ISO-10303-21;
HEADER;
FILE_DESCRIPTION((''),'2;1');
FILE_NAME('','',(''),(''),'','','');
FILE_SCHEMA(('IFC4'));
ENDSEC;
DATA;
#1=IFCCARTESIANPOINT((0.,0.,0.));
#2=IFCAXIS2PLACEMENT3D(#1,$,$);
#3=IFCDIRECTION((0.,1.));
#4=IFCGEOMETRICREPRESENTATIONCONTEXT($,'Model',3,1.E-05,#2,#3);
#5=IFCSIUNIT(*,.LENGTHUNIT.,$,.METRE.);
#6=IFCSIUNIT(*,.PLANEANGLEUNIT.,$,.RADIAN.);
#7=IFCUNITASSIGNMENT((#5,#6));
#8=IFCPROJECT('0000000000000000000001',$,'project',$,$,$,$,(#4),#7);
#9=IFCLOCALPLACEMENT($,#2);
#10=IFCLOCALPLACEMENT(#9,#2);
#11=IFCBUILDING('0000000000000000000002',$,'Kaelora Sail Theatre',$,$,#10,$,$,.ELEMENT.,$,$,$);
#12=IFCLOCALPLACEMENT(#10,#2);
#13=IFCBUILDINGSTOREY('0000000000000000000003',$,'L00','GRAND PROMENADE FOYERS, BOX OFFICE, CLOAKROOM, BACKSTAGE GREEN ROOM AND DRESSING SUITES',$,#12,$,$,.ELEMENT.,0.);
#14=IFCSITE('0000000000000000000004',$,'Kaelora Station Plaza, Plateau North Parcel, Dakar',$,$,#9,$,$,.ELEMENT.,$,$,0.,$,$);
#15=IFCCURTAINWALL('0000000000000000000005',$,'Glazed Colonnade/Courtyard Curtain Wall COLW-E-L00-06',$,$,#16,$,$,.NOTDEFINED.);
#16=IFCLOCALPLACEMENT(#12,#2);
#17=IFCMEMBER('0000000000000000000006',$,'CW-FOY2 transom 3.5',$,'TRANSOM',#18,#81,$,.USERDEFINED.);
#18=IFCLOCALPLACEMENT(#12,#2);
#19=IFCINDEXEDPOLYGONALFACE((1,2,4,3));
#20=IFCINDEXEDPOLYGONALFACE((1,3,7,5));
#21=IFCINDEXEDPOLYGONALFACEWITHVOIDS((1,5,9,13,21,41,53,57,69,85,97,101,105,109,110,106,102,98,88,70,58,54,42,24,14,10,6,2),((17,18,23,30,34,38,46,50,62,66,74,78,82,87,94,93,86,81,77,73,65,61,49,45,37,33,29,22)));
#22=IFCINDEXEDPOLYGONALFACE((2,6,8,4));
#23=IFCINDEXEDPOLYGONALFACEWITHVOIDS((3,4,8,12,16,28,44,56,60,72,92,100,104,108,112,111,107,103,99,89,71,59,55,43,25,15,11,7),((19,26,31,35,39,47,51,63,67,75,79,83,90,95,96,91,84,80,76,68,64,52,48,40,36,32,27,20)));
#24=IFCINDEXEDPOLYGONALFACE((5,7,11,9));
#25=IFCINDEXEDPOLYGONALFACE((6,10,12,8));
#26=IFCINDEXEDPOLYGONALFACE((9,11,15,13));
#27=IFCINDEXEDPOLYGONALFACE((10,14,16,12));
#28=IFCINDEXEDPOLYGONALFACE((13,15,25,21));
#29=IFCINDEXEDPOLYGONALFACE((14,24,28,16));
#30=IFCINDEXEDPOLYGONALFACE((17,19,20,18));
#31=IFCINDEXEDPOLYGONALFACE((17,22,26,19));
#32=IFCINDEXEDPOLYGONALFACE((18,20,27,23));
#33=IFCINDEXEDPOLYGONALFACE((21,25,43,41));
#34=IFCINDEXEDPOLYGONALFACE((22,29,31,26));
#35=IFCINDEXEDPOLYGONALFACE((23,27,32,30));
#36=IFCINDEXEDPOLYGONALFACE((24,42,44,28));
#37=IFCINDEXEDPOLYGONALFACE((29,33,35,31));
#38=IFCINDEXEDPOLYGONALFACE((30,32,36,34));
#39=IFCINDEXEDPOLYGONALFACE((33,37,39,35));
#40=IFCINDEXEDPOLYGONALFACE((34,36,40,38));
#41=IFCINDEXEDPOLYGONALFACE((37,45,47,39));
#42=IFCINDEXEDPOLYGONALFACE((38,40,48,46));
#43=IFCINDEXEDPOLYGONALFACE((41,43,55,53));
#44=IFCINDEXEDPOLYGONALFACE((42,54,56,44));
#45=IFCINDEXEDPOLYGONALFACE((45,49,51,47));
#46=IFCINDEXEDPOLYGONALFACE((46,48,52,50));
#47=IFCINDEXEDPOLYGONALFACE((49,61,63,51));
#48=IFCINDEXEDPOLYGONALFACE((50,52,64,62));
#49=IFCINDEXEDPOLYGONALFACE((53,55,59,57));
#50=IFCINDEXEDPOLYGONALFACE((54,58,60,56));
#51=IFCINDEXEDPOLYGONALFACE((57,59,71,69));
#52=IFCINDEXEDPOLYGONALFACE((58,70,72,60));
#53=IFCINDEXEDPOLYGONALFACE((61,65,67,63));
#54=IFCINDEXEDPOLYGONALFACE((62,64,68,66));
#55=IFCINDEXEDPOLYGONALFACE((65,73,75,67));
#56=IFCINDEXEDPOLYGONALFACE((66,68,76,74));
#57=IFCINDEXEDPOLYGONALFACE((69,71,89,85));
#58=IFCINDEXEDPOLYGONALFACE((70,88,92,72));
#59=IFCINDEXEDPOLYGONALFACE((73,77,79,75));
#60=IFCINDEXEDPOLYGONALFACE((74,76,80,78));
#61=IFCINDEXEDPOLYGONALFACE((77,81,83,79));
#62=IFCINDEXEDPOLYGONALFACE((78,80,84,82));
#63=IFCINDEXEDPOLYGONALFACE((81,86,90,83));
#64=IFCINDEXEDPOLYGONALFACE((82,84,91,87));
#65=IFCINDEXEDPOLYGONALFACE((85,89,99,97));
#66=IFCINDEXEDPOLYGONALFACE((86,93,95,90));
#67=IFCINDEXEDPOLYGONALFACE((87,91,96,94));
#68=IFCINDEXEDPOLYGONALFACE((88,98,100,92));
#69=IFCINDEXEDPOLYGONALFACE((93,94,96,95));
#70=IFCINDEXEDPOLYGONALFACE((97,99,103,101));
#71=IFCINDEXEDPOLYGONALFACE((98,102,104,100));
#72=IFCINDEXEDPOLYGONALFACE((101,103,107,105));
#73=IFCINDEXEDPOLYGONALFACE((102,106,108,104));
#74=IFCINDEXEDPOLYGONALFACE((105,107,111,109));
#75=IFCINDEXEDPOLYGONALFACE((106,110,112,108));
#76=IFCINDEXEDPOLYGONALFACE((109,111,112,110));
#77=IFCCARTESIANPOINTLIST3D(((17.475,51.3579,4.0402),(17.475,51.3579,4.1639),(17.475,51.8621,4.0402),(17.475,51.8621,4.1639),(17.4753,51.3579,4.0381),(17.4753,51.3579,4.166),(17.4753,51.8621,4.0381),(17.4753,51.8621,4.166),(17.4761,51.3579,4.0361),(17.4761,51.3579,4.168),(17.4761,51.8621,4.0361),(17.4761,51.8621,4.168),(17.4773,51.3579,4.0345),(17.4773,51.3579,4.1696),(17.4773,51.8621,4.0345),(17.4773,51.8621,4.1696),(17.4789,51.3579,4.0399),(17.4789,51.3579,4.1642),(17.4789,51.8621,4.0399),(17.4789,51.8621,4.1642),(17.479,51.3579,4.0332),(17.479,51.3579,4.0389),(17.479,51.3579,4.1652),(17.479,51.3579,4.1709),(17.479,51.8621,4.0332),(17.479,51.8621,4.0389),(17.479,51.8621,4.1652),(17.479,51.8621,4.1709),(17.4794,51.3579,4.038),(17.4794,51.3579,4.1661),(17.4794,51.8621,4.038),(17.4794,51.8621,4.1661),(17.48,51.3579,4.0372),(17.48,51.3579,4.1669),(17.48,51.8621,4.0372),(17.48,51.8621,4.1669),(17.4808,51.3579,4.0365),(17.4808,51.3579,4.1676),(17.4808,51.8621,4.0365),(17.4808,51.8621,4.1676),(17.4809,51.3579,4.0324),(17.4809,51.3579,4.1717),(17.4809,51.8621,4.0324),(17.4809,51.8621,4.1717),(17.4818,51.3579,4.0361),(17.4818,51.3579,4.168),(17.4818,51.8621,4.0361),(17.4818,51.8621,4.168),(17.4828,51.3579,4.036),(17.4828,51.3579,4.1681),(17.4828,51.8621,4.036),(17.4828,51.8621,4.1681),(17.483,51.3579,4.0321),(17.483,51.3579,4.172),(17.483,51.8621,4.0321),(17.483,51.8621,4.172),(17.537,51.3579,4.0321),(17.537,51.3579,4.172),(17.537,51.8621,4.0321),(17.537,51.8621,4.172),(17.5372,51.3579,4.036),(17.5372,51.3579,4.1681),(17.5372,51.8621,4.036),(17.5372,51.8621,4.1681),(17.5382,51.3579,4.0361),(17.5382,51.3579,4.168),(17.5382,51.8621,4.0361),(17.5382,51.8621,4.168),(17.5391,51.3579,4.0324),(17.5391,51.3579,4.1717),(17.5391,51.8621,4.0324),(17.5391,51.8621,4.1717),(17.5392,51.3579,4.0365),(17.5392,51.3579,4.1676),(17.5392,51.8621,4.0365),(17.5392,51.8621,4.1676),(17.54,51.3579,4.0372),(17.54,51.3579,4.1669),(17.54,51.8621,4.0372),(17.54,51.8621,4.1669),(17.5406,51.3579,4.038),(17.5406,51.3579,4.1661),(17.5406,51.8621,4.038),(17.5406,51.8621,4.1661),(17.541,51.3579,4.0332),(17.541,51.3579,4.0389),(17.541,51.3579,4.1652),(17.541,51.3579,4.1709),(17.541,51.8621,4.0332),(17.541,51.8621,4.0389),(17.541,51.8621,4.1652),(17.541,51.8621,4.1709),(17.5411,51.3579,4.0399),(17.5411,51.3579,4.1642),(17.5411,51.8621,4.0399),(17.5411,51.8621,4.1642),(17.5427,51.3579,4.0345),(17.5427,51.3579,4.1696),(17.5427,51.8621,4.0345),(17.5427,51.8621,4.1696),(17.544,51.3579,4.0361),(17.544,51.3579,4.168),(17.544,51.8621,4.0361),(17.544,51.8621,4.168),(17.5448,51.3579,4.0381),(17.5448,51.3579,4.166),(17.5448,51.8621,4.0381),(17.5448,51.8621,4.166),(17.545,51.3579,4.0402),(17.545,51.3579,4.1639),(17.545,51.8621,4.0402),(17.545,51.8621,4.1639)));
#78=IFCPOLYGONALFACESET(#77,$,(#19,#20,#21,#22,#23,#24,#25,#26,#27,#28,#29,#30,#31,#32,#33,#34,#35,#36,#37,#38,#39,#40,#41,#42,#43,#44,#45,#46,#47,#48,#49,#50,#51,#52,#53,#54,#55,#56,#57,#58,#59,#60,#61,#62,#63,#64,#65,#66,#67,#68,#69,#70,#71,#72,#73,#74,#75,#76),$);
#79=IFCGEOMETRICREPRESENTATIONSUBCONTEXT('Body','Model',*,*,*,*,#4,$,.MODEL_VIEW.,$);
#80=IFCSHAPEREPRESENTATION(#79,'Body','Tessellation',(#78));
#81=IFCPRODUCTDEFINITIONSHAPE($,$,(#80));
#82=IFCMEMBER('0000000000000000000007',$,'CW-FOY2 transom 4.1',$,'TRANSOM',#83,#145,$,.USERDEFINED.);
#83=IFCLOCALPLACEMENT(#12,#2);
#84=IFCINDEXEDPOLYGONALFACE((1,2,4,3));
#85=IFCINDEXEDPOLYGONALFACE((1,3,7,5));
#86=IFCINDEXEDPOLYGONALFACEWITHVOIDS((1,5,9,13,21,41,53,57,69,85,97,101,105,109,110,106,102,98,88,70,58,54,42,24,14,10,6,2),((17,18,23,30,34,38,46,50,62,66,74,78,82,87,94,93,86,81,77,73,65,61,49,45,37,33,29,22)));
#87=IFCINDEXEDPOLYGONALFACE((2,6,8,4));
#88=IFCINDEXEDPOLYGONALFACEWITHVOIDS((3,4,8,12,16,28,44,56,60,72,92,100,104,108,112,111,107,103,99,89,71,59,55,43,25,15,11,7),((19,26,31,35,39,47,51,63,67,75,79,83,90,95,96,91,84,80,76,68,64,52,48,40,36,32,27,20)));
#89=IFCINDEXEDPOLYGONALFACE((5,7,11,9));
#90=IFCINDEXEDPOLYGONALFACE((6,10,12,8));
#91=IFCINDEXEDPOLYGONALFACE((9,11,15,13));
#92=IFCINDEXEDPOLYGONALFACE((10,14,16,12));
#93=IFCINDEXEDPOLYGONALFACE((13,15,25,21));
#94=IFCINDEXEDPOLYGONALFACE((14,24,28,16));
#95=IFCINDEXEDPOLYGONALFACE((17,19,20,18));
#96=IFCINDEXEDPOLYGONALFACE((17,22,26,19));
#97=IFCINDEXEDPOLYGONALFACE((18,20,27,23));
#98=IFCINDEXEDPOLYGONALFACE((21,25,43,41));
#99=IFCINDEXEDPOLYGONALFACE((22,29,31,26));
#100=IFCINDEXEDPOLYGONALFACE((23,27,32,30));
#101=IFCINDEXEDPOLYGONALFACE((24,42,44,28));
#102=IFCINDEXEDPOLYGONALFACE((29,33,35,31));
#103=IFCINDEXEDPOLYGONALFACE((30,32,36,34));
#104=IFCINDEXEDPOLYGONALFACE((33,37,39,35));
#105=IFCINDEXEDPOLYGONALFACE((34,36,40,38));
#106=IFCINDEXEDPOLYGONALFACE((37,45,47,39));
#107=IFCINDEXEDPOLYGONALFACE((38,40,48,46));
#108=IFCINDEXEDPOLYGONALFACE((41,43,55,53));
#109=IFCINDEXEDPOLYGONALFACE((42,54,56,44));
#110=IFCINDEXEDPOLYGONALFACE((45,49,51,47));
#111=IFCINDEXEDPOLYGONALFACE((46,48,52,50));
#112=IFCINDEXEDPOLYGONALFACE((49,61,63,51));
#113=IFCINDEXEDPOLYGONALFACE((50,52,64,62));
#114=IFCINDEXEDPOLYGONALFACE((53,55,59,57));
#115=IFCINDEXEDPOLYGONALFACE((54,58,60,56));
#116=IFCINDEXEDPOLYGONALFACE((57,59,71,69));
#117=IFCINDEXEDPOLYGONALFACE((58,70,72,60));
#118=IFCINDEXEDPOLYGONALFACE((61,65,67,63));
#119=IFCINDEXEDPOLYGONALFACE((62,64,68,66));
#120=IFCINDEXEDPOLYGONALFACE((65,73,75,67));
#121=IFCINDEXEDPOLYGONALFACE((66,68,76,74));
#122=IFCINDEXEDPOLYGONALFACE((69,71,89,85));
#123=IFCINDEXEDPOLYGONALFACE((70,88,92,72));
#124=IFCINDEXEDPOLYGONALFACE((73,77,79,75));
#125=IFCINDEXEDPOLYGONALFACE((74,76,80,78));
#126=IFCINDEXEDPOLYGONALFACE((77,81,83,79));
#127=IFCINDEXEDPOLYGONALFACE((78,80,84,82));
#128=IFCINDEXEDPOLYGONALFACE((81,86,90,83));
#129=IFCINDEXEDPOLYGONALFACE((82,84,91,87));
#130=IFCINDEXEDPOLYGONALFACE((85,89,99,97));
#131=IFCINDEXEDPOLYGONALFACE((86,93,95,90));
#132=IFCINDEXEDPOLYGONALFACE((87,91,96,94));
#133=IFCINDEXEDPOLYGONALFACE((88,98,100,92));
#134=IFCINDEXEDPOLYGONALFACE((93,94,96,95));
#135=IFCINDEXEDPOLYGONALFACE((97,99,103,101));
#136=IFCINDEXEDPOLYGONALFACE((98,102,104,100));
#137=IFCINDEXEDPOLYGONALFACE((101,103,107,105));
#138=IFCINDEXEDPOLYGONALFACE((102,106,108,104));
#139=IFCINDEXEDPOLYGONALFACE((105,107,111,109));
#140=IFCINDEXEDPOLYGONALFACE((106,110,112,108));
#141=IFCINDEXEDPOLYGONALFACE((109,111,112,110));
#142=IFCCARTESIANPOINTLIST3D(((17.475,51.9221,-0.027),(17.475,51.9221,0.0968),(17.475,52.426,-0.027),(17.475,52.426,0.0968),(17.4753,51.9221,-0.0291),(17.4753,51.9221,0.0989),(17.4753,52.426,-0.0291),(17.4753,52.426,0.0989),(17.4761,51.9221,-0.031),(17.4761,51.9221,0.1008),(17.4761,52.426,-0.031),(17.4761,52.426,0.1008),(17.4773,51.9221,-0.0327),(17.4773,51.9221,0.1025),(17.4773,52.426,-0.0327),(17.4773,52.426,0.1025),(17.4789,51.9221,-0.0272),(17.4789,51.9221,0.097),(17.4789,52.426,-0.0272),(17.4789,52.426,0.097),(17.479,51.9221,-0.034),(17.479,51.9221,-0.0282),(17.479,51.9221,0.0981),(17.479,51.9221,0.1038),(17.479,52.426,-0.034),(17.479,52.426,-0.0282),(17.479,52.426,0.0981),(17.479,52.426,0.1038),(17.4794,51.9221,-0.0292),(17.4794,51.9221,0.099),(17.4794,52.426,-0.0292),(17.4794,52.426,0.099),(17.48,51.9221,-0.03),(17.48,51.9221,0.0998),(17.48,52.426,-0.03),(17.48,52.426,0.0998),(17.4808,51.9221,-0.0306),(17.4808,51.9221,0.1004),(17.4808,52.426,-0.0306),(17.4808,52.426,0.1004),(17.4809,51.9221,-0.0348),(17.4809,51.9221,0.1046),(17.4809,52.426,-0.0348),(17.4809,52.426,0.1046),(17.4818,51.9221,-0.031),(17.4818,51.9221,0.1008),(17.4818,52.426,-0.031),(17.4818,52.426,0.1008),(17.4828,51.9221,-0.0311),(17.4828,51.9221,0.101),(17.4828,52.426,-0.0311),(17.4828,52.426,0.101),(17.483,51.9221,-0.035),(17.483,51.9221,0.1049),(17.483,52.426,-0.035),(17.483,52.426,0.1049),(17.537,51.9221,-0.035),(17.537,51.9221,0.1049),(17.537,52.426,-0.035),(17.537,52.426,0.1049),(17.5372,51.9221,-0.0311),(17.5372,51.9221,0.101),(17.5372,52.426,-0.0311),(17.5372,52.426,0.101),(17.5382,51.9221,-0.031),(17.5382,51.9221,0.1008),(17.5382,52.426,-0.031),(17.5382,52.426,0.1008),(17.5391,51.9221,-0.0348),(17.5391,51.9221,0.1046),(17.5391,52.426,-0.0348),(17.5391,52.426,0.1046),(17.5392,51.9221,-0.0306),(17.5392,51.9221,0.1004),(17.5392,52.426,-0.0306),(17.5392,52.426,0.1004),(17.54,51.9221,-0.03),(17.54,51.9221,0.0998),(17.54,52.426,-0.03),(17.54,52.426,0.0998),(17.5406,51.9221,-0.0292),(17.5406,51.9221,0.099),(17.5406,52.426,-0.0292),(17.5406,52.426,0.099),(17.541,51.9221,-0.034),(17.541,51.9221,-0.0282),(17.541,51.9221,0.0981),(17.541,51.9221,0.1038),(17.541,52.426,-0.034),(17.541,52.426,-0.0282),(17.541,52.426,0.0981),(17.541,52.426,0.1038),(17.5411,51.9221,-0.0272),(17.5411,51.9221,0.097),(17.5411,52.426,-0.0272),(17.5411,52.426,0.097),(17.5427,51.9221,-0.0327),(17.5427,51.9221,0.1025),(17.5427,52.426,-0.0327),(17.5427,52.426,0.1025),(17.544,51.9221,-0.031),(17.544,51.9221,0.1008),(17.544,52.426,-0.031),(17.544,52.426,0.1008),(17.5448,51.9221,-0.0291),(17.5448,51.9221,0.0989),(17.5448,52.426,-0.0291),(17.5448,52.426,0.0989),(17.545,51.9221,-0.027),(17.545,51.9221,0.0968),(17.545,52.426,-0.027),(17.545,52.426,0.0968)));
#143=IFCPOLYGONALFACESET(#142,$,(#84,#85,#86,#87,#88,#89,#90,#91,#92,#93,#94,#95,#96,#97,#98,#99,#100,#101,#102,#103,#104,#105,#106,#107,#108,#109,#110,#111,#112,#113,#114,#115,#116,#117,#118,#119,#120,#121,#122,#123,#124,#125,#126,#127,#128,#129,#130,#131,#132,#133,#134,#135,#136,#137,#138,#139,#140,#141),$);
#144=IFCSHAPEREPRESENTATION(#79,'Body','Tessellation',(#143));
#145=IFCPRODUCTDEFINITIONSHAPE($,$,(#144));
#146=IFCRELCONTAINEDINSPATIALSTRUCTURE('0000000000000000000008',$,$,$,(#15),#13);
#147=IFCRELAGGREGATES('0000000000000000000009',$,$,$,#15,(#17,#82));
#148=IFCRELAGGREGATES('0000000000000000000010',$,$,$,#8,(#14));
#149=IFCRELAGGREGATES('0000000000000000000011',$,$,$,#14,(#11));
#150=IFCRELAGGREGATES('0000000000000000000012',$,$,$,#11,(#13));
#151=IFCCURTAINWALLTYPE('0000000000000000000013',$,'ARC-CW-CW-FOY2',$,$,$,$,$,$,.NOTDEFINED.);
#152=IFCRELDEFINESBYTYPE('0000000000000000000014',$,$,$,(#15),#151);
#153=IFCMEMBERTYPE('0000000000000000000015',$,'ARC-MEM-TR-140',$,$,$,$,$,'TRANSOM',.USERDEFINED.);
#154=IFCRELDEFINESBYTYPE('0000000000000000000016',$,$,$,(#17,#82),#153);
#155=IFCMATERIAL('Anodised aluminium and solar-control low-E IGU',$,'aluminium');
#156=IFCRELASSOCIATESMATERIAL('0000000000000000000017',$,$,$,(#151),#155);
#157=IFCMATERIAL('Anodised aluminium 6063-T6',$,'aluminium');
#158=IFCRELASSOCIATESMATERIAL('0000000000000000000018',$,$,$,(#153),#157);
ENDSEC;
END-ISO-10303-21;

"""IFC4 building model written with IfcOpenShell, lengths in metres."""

from ifc_helpers import new_model, si_unit, direction, frame, origin, origin_2d, place, context, subcontext, project, spatial, hollow_rectangle, extrude, material, material_profile, profile_set, type_object, element, aggregate, save


model = new_model("IFC4")

# Units and contexts
model_context = context("Model", 3, precision=1e-05, world=origin(), true_north=direction((0.0, 1.0)))
body_context = subcontext(model_context, "Body", "Model", "MODEL_VIEW")
ifc_project = project(units=[si_unit("LENGTHUNIT", "METRE"), si_unit("PLANEANGLEUNIT", "RADIAN")], contexts=[model_context])

# Site, building, storey
site_placement = place(None, origin())
site = spatial("IfcSite", under=ifc_project, at=site_placement, Name="Kaelora Station Plaza, Plateau North Parcel, Dakar", CompositionType="ELEMENT", RefElevation=0.0)
building_placement = place(site_placement, origin())
building = spatial("IfcBuilding", under=site, at=building_placement, Name="Kaelora Sail Theatre", CompositionType="ELEMENT")
storey_placement = place(building_placement, origin())
storey = spatial("IfcBuildingStorey", under=building, at=storey_placement, Name="L00", Description="GRAND PROMENADE FOYERS, BOX OFFICE, CLOAKROOM, BACKSTAGE GREEN ROOM AND DRESSING SUITES", CompositionType="ELEMENT", Elevation=0.0)

# Curtain wall, members
ifc_material_1 = material(Name="Anodised aluminium and solar-control low-E IGU", Category="aluminium")
curtain_wall_type = type_object("IfcCurtainWallType", Name="ARC-CW-CW-FOY2", PredefinedType="NOTDEFINED", material=ifc_material_1)
curtain_wall_placement = place(storey_placement, origin())
curtain_wall = element("IfcCurtainWall", 1, at=curtain_wall_placement, inside=storey, type_object=curtain_wall_type, Name="Glazed Colonnade/Courtyard Curtain Wall COLW-E-L00-06", PredefinedType="NOTDEFINED")
ifc_material_2 = material(Name="Anodised aluminium 6063-T6", Category="aluminium")
ifc_material_profile_1 = material_profile(ifc_material_2, hollow_rectangle(XDim=0.0701, YDim=0.1399, WallThickness=0.0039, InnerFilletRadius=0.0039, OuterFilletRadius=0.0081, at=origin_2d()), Name="ALU-TRAN 70x140x4")
ifc_profile_set_1 = profile_set([ifc_material_profile_1], Name="Anodised aluminium 6063-T6")
member_type_1 = type_object("IfcMemberType", Name="ARC-MEM-TR-140", ElementType="TRANSOM", PredefinedType="USERDEFINED", material=ifc_profile_set_1)
member_1_placement = place(storey_placement, frame((17.51, 51.3579, 4.1021), z_axis=(0.0, 1.0, 0.0), x_axis=(-1.0, 0.0, 0.0)))
member_1 = element("IfcMember", 2, at=member_1_placement, type_object=member_type_1, Name="CW-FOY2 transom 3.5", ObjectType="TRANSOM", PredefinedType="USERDEFINED", context=body_context, shape_type="SweptSolid", body=[
    extrude(hollow_rectangle(XDim=0.0701, YDim=0.1399, WallThickness=0.0039, InnerFilletRadius=0.0039, OuterFilletRadius=0.0081, at=origin_2d()), origin(), (0.0, 0.0, 1.0), 0.5042),
])
member_2_placement = place(storey_placement, frame((17.51, 51.9221, 0.0349), z_axis=(0.0, 1.0, 0.0), x_axis=(-1.0, 0.0, 0.0)))
member_2 = element("IfcMember", 3, at=member_2_placement, type_object=member_type_1, Name="CW-FOY2 transom 4.1", ObjectType="TRANSOM", PredefinedType="USERDEFINED", context=body_context, shape_type="SweptSolid", body=[
    extrude(hollow_rectangle(XDim=0.0701, YDim=0.1399, WallThickness=0.0039, InnerFilletRadius=0.0039, OuterFilletRadius=0.0081, at=origin_2d()), origin(), (0.0, 0.0, 1.0), 0.5039),
])
aggregate(curtain_wall, [member_1, member_2])

save(model, "model.ifc")
